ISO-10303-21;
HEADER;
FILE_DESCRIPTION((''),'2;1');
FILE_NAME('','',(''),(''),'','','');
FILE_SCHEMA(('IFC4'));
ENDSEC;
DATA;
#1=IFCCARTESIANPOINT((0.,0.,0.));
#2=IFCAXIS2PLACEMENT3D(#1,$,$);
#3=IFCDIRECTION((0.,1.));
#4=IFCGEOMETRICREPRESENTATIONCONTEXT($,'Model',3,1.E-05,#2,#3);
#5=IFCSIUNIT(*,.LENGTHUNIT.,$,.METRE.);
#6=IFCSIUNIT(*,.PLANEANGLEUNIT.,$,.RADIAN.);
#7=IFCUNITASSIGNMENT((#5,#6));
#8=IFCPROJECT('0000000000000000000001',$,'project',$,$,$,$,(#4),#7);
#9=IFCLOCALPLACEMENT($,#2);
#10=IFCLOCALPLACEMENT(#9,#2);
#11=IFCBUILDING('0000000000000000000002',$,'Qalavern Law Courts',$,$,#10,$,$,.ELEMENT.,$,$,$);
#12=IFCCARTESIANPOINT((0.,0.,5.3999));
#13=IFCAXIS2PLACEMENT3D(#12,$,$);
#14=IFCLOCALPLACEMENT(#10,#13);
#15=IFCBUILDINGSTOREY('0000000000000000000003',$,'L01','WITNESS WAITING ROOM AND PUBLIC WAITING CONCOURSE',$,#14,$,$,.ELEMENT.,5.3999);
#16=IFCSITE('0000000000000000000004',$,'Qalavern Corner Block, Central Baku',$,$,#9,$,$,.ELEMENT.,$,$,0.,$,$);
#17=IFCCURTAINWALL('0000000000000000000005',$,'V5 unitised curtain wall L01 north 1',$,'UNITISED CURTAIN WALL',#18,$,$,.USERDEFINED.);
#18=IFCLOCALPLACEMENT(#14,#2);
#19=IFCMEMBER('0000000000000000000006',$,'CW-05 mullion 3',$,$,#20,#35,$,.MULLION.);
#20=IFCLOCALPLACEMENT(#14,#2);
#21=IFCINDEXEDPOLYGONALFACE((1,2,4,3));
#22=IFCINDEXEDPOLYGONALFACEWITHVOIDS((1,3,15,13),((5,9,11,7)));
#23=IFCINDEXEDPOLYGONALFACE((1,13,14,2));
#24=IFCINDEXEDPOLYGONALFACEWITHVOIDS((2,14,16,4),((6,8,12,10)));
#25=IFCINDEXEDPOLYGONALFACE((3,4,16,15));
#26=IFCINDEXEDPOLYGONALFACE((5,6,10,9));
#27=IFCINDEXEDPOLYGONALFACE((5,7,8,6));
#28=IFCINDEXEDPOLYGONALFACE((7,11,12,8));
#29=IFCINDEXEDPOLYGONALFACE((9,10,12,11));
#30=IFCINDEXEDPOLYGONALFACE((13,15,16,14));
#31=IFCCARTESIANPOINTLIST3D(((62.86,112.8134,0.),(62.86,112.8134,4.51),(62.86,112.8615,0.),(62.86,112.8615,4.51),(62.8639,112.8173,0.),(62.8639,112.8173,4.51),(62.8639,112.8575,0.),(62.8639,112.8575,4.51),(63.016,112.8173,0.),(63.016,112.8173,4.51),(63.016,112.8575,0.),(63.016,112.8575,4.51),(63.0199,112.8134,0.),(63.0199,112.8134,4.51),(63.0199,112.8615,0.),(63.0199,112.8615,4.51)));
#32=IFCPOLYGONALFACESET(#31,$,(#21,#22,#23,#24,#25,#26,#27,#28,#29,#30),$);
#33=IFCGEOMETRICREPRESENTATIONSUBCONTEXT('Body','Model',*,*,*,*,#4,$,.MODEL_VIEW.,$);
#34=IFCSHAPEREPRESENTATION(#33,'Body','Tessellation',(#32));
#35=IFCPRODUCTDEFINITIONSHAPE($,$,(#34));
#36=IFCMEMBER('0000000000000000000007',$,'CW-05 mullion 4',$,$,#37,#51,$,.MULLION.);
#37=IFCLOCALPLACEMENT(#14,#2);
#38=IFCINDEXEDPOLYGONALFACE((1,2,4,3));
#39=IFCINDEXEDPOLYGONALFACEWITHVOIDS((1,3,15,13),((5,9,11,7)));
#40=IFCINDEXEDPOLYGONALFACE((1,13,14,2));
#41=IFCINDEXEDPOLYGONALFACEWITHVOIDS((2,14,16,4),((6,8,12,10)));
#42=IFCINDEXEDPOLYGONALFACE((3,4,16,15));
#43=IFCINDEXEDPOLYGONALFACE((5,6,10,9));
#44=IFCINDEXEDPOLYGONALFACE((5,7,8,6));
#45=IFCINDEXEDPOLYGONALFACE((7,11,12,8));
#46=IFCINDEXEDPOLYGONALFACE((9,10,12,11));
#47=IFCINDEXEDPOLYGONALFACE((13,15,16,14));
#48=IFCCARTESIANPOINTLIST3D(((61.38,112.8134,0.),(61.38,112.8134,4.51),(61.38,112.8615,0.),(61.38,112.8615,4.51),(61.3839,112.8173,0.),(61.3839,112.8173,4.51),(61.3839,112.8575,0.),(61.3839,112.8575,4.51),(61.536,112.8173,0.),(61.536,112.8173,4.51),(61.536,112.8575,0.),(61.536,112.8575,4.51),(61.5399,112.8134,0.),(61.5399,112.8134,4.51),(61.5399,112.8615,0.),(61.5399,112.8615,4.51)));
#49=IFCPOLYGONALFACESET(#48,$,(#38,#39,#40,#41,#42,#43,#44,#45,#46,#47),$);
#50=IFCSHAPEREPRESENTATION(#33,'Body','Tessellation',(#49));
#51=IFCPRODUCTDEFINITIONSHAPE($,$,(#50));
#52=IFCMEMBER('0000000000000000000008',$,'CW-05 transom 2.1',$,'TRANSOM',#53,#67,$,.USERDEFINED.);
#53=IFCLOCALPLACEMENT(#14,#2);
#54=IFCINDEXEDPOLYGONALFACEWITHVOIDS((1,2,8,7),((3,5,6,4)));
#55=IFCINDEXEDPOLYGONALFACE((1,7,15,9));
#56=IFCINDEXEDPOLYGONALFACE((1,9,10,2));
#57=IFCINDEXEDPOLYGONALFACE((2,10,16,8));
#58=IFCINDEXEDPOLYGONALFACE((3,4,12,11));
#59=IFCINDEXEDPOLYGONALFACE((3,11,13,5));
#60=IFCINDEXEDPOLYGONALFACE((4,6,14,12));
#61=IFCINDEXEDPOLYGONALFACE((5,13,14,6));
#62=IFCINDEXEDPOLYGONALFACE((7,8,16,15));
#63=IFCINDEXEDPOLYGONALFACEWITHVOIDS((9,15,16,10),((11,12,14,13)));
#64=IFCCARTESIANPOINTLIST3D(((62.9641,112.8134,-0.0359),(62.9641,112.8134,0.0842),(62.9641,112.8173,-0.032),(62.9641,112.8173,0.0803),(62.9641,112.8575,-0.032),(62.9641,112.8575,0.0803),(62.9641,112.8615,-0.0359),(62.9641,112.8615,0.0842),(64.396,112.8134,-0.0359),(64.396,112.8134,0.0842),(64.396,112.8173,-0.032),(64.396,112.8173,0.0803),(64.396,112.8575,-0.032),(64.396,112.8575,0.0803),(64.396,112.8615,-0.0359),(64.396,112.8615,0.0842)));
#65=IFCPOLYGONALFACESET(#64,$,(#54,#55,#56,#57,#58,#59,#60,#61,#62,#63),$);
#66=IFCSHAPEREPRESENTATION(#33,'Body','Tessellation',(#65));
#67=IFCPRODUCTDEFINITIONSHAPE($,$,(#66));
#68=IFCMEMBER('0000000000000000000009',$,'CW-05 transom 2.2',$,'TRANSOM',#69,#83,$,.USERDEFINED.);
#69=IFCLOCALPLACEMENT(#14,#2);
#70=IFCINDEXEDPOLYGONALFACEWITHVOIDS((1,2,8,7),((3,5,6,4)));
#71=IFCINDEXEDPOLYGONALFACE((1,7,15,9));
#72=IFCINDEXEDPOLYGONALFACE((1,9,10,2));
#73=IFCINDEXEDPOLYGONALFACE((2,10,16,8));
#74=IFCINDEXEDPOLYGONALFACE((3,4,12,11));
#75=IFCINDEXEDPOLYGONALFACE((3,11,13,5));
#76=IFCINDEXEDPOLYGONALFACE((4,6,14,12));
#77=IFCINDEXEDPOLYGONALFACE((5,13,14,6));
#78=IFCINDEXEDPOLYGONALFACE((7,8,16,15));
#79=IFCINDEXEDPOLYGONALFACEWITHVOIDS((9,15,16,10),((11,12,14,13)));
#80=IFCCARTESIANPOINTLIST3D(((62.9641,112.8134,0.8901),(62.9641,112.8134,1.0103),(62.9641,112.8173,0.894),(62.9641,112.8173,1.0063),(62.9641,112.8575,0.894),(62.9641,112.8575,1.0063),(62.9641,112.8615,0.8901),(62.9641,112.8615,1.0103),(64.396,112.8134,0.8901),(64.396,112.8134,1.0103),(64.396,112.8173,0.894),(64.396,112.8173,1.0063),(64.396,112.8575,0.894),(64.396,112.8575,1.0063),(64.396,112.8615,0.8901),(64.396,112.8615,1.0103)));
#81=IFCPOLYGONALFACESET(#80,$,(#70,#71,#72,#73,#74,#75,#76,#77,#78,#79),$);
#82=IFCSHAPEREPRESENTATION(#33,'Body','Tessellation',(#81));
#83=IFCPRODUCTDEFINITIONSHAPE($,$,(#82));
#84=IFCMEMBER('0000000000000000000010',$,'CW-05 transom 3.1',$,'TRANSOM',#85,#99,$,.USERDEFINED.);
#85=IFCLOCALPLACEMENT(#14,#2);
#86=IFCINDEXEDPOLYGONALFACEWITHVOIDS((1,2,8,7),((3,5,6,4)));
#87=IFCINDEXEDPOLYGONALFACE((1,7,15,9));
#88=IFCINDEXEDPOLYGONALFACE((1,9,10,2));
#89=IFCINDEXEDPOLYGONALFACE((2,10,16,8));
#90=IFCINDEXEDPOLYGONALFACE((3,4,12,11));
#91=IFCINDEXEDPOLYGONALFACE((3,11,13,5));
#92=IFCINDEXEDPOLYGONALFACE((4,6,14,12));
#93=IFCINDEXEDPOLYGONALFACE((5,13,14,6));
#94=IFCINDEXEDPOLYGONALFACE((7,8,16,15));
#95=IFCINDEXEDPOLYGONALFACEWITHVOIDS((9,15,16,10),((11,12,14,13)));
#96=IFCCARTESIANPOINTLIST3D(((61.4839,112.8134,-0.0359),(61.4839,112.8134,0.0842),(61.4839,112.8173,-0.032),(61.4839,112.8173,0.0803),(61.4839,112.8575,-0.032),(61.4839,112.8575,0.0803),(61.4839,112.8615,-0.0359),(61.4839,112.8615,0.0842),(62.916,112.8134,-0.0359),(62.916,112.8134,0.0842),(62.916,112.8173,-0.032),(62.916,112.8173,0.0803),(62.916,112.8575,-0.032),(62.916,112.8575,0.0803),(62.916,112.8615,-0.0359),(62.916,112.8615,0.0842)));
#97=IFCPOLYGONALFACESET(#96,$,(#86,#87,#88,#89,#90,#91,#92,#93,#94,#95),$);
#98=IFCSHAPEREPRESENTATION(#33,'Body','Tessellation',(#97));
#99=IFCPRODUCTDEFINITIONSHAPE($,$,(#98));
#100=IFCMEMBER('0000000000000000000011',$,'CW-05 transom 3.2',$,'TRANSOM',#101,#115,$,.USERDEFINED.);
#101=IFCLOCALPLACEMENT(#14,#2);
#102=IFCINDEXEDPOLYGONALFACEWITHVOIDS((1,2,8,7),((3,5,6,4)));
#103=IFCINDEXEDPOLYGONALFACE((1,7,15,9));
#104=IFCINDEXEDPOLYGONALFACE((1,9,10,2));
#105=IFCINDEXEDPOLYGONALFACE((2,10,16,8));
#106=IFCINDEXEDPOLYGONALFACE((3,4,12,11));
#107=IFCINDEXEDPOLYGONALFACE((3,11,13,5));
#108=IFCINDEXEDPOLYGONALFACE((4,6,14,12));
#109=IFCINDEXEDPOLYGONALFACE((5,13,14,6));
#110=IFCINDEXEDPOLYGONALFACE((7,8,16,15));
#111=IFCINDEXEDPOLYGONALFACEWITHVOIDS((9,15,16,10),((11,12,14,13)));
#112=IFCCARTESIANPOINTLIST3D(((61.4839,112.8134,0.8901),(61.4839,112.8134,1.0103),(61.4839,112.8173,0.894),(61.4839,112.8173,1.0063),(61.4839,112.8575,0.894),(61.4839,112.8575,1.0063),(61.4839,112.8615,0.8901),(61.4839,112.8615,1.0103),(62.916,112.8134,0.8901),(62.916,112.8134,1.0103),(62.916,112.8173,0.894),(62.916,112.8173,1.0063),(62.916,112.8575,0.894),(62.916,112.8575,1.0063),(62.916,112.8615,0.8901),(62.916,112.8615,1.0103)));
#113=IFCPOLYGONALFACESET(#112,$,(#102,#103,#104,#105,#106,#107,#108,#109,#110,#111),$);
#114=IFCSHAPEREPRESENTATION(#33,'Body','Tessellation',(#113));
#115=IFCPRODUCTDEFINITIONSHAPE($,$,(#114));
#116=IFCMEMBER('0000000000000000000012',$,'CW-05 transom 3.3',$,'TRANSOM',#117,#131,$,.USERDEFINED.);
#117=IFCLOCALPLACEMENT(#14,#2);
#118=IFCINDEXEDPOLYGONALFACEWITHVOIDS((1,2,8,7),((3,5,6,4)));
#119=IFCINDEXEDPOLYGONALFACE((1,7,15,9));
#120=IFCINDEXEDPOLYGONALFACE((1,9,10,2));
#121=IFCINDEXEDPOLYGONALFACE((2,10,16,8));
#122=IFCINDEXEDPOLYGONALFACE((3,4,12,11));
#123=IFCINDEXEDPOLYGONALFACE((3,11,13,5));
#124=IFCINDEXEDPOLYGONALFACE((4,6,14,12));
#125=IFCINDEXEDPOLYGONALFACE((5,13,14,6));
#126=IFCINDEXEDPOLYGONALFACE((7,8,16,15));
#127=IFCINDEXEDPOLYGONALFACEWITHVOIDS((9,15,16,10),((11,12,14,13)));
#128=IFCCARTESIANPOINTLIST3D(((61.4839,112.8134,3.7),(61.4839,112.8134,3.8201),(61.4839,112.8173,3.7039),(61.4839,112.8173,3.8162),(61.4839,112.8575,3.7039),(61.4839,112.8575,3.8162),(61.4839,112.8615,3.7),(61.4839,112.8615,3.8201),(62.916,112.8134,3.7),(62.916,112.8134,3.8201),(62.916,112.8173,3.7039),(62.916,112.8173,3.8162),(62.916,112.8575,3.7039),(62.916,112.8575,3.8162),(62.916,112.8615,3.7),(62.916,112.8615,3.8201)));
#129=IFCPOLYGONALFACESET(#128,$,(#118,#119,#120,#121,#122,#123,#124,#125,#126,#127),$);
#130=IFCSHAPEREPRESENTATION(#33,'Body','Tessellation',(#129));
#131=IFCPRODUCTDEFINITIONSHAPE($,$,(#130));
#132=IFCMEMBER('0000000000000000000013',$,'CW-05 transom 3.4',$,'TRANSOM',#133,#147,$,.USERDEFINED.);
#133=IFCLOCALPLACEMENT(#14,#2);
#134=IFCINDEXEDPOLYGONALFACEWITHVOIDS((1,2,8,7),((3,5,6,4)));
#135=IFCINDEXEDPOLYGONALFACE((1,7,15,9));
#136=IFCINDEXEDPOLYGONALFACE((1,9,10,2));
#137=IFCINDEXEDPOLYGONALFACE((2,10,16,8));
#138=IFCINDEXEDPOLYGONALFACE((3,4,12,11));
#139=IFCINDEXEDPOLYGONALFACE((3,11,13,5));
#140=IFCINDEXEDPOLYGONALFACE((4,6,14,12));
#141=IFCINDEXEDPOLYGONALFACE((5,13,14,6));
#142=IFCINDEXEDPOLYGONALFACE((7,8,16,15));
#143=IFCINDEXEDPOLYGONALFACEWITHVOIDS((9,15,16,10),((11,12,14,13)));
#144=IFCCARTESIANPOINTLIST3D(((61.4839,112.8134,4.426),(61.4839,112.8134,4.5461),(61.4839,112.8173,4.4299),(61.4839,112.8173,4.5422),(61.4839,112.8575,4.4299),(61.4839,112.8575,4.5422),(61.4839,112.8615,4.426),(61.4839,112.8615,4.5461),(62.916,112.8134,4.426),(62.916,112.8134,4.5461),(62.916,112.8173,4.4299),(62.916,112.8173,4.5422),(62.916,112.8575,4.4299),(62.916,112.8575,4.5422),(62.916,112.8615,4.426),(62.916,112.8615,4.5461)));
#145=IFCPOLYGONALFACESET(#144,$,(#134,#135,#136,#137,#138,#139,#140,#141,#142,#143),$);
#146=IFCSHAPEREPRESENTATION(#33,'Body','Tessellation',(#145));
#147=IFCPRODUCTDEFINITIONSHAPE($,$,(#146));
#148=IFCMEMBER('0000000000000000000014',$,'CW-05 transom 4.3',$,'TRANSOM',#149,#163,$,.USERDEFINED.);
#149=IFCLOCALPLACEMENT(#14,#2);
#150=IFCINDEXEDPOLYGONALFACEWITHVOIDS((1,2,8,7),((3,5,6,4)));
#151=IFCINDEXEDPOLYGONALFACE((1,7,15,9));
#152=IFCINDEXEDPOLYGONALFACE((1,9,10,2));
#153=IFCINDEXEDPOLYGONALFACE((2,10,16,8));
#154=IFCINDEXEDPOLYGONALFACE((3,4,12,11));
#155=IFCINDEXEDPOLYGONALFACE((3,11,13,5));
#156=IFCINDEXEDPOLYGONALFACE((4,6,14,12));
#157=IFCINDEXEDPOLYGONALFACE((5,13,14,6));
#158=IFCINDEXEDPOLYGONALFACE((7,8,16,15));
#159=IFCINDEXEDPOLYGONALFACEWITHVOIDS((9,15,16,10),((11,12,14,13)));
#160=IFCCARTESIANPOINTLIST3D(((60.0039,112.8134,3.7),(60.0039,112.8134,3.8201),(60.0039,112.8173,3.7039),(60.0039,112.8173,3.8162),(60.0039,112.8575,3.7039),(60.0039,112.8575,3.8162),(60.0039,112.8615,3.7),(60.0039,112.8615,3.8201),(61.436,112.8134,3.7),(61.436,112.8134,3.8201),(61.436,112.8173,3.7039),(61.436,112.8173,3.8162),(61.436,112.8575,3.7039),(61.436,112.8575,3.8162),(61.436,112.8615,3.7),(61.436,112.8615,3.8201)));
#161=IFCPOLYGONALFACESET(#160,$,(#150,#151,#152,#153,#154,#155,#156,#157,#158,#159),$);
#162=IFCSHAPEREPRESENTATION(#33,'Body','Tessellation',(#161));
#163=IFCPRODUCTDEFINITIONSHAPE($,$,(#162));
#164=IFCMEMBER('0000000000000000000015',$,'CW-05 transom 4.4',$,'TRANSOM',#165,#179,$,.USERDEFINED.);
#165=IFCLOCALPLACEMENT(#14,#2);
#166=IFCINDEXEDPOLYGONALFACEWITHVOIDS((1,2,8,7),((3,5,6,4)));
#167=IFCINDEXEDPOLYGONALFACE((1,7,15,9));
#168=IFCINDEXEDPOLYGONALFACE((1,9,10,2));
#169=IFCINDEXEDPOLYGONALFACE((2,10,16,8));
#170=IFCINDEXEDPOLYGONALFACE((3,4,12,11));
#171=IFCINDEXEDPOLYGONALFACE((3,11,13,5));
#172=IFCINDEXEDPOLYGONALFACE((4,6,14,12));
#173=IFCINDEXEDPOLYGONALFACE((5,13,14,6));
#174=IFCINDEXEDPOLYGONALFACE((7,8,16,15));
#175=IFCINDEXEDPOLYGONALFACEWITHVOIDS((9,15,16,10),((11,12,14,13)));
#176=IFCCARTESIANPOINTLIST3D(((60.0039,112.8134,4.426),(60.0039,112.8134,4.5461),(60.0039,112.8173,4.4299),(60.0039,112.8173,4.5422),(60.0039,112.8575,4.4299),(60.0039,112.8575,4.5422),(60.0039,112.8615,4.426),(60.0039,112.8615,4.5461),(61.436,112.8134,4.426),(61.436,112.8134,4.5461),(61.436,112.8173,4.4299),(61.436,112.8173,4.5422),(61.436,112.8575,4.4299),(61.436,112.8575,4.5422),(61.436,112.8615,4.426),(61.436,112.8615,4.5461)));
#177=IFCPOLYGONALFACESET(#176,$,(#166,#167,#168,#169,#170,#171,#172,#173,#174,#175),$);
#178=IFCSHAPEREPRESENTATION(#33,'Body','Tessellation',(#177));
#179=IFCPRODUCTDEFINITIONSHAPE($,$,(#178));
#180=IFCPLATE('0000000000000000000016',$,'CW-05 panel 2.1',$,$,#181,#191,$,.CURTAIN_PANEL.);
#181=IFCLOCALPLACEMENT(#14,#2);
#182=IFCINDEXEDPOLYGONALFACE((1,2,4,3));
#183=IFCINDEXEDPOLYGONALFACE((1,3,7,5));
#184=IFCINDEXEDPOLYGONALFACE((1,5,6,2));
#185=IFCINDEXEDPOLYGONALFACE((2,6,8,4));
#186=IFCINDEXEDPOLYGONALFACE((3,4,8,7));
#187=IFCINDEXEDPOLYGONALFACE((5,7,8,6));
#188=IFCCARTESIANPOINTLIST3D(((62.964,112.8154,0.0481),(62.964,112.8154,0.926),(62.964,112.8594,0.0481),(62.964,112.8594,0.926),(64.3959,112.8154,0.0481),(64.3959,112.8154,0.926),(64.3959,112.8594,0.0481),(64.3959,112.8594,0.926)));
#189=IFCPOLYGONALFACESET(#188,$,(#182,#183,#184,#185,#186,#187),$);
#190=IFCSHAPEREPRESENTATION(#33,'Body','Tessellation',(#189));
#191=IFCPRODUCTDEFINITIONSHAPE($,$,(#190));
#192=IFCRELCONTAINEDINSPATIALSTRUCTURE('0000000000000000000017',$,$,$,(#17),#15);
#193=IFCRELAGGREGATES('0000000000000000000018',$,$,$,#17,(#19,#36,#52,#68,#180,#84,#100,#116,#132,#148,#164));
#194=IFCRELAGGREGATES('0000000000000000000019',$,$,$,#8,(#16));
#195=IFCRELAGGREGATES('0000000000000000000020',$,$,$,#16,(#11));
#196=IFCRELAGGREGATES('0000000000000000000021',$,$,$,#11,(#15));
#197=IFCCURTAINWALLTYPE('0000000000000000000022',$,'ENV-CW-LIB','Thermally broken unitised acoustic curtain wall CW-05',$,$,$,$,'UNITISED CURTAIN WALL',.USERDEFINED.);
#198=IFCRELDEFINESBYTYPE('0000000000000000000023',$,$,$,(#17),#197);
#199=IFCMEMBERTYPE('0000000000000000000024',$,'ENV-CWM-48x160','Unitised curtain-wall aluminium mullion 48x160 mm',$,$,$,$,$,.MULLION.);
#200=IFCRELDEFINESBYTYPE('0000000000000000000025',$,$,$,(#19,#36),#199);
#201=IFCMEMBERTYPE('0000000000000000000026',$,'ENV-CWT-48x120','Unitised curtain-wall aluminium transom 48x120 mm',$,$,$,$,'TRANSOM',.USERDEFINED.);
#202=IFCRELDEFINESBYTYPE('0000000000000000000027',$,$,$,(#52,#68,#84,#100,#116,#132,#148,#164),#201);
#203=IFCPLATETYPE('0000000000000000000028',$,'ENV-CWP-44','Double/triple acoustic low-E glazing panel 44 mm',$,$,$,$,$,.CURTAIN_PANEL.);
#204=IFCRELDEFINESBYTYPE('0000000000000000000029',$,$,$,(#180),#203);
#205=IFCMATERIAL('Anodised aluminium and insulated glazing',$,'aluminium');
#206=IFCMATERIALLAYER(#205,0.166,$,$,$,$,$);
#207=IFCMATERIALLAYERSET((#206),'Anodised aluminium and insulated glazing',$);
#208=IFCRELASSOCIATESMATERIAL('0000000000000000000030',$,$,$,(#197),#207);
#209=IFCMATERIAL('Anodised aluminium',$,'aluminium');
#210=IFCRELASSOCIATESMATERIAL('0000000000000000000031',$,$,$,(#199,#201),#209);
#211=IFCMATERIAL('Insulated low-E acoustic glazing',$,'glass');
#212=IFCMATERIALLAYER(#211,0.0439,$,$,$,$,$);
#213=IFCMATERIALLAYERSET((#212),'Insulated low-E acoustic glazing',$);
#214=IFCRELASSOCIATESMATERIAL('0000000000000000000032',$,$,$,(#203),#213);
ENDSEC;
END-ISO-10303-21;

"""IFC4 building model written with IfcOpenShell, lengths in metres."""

from ifc_helpers import new_model, si_unit, direction, frame, origin, origin_2d, place, context, subcontext, project, spatial, rectangle, hollow_rectangle, extrude, material, layer, layer_set, material_profile, profile_set, type_object, element, aggregate, save


model = new_model("IFC4")

# Units and contexts
model_context = context("Model", 3, precision=1e-05, world=origin(), true_north=direction((0.0, 1.0)))
body_context = subcontext(model_context, "Body", "Model", "MODEL_VIEW")
ifc_project = project(units=[si_unit("LENGTHUNIT", "METRE"), si_unit("PLANEANGLEUNIT", "RADIAN")], contexts=[model_context])

# Site, building, storey
site_placement = place(None, origin())
site = spatial("IfcSite", under=ifc_project, at=site_placement, Name="Qalavern Corner Block, Central Baku", CompositionType="ELEMENT", RefElevation=0.0)
building_placement = place(site_placement, origin())
building = spatial("IfcBuilding", under=site, at=building_placement, Name="Qalavern Law Courts", CompositionType="ELEMENT")
storey_placement = place(building_placement, frame((0.0, 0.0, 5.3999)))
storey = spatial("IfcBuildingStorey", under=building, at=storey_placement, Name="L01", Description="WITNESS WAITING ROOM AND PUBLIC WAITING CONCOURSE", CompositionType="ELEMENT", Elevation=5.3999)

# Curtain wall, members, plate
ifc_material_1 = material(Name="Anodised aluminium and insulated glazing", Category="aluminium")
ifc_layer_1 = layer(ifc_material_1, 0.166)
ifc_layer_set_1 = layer_set([ifc_layer_1], Name="Anodised aluminium and insulated glazing")
curtain_wall_type = type_object("IfcCurtainWallType", Name="ENV-CW-LIB", Description="Thermally broken unitised acoustic curtain wall CW-05", ElementType="UNITISED CURTAIN WALL", PredefinedType="USERDEFINED", material=ifc_layer_set_1)
curtain_wall_placement = place(storey_placement, origin())
curtain_wall = element("IfcCurtainWall", 1, at=curtain_wall_placement, inside=storey, type_object=curtain_wall_type, Name="V5 unitised curtain wall L01 north 1", ObjectType="UNITISED CURTAIN WALL", PredefinedType="USERDEFINED")
ifc_material_2 = material(Name="Anodised aluminium", Category="aluminium")
ifc_material_profile_1 = material_profile(ifc_material_2, hollow_rectangle(XDim=0.0481, YDim=0.1599, WallThickness=0.0039, at=origin_2d()), Name="ALU MULLION 48x160")
ifc_profile_set_1 = profile_set([ifc_material_profile_1], Name="Anodised aluminium")
member_type_1 = type_object("IfcMemberType", Name="ENV-CWM-48x160", Description="Unitised curtain-wall aluminium mullion 48x160 mm", PredefinedType="MULLION", material=ifc_profile_set_1)
member_1_placement = place(storey_placement, frame((62.9399, 112.8374, 0.0), z_axis=(0.0, 0.0, 1.0), x_axis=(0.0, -1.0, 0.0)))
member_1 = element("IfcMember", 2, at=member_1_placement, type_object=member_type_1, Name="CW-05 mullion 3", PredefinedType="MULLION", context=body_context, shape_type="SweptSolid", body=[
    extrude(hollow_rectangle(XDim=0.0481, YDim=0.1599, WallThickness=0.0039, at=origin_2d()), origin(), (0.0, 0.0, 1.0), 4.51),
])
member_2_placement = place(storey_placement, frame((61.46, 112.8374, 0.0), z_axis=(0.0, 0.0, 1.0), x_axis=(0.0, -1.0, 0.0)))
member_2 = element("IfcMember", 3, at=member_2_placement, type_object=member_type_1, Name="CW-05 mullion 4", PredefinedType="MULLION", context=body_context, shape_type="SweptSolid", body=[
    extrude(hollow_rectangle(XDim=0.0481, YDim=0.1599, WallThickness=0.0039, at=origin_2d()), origin(), (0.0, 0.0, 1.0), 4.51),
])
ifc_material_profile_2 = material_profile(ifc_material_2, hollow_rectangle(XDim=0.0481, YDim=0.1201, WallThickness=0.0039, at=origin_2d()), Name="ALU TRANSOM 48x120")
ifc_profile_set_2 = profile_set([ifc_material_profile_2], Name="Anodised aluminium")
member_type_2 = type_object("IfcMemberType", Name="ENV-CWT-48x120", Description="Unitised curtain-wall aluminium transom 48x120 mm", ElementType="TRANSOM", PredefinedType="USERDEFINED", material=ifc_profile_set_2)
member_3_placement = place(storey_placement, frame((64.396, 112.8374, 0.0242), z_axis=(-1.0, 0.0, 0.0), x_axis=(0.0, -1.0, 0.0)))
member_3 = element("IfcMember", 4, at=member_3_placement, type_object=member_type_2, Name="CW-05 transom 2.1", ObjectType="TRANSOM", PredefinedType="USERDEFINED", context=body_context, shape_type="SweptSolid", body=[
    extrude(hollow_rectangle(XDim=0.0481, YDim=0.1201, WallThickness=0.0039, at=origin_2d()), origin(), (0.0, 0.0, 1.0), 1.4319),
])
member_4_placement = place(storey_placement, frame((64.396, 112.8374, 0.9502), z_axis=(-1.0, 0.0, 0.0), x_axis=(0.0, -1.0, 0.0)))
member_4 = element("IfcMember", 5, at=member_4_placement, type_object=member_type_2, Name="CW-05 transom 2.2", ObjectType="TRANSOM", PredefinedType="USERDEFINED", context=body_context, shape_type="SweptSolid", body=[
    extrude(hollow_rectangle(XDim=0.0481, YDim=0.1201, WallThickness=0.0039, at=origin_2d()), origin(), (0.0, 0.0, 1.0), 1.4319),
])
member_5_placement = place(storey_placement, frame((62.916, 112.8374, 0.0242), z_axis=(-1.0, 0.0, 0.0), x_axis=(0.0, -1.0, 0.0)))
member_5 = element("IfcMember", 6, at=member_5_placement, type_object=member_type_2, Name="CW-05 transom 3.1", ObjectType="TRANSOM", PredefinedType="USERDEFINED", context=body_context, shape_type="SweptSolid", body=[
    extrude(hollow_rectangle(XDim=0.0481, YDim=0.1201, WallThickness=0.0039, at=origin_2d()), origin(), (0.0, 0.0, 1.0), 1.4321),
])
member_6_placement = place(storey_placement, frame((62.916, 112.8374, 0.9502), z_axis=(-1.0, 0.0, 0.0), x_axis=(0.0, -1.0, 0.0)))
member_6 = element("IfcMember", 7, at=member_6_placement, type_object=member_type_2, Name="CW-05 transom 3.2", ObjectType="TRANSOM", PredefinedType="USERDEFINED", context=body_context, shape_type="SweptSolid", body=[
    extrude(hollow_rectangle(XDim=0.0481, YDim=0.1201, WallThickness=0.0039, at=origin_2d()), origin(), (0.0, 0.0, 1.0), 1.4321),
])
member_7_placement = place(storey_placement, frame((62.916, 112.8374, 3.76), z_axis=(-1.0, 0.0, 0.0), x_axis=(0.0, -1.0, 0.0)))
member_7 = element("IfcMember", 8, at=member_7_placement, type_object=member_type_2, Name="CW-05 transom 3.3", ObjectType="TRANSOM", PredefinedType="USERDEFINED", context=body_context, shape_type="SweptSolid", body=[
    extrude(hollow_rectangle(XDim=0.0481, YDim=0.1201, WallThickness=0.0039, at=origin_2d()), origin(), (0.0, 0.0, 1.0), 1.4321),
])
member_8_placement = place(storey_placement, frame((62.916, 112.8374, 4.4861), z_axis=(-1.0, 0.0, 0.0), x_axis=(0.0, -1.0, 0.0)))
member_8 = element("IfcMember", 9, at=member_8_placement, type_object=member_type_2, Name="CW-05 transom 3.4", ObjectType="TRANSOM", PredefinedType="USERDEFINED", context=body_context, shape_type="SweptSolid", body=[
    extrude(hollow_rectangle(XDim=0.0481, YDim=0.1201, WallThickness=0.0039, at=origin_2d()), origin(), (0.0, 0.0, 1.0), 1.4321),
])
member_9_placement = place(storey_placement, frame((61.436, 112.8374, 3.76), z_axis=(-1.0, 0.0, 0.0), x_axis=(0.0, -1.0, 0.0)))
member_9 = element("IfcMember", 10, at=member_9_placement, type_object=member_type_2, Name="CW-05 transom 4.3", ObjectType="TRANSOM", PredefinedType="USERDEFINED", context=body_context, shape_type="SweptSolid", body=[
    extrude(hollow_rectangle(XDim=0.0481, YDim=0.1201, WallThickness=0.0039, at=origin_2d()), origin(), (0.0, 0.0, 1.0), 1.4321),
])
member_10_placement = place(storey_placement, frame((61.436, 112.8374, 4.4861), z_axis=(-1.0, 0.0, 0.0), x_axis=(0.0, -1.0, 0.0)))
member_10 = element("IfcMember", 11, at=member_10_placement, type_object=member_type_2, Name="CW-05 transom 4.4", ObjectType="TRANSOM", PredefinedType="USERDEFINED", context=body_context, shape_type="SweptSolid", body=[
    extrude(hollow_rectangle(XDim=0.0481, YDim=0.1201, WallThickness=0.0039, at=origin_2d()), origin(), (0.0, 0.0, 1.0), 1.4321),
])
ifc_material_3 = material(Name="Insulated low-E acoustic glazing", Category="glass")
ifc_layer_2 = layer(ifc_material_3, 0.0439)
ifc_layer_set_2 = layer_set([ifc_layer_2], Name="Insulated low-E acoustic glazing")
plate_type = type_object("IfcPlateType", Name="ENV-CWP-44", Description="Double/triple acoustic low-E glazing panel 44 mm", PredefinedType="CURTAIN_PANEL", material=ifc_layer_set_2)
plate_1_placement = place(storey_placement, frame((63.6799, 112.8374, 0.0481), z_axis=(0.0, 0.0, 1.0), x_axis=(-1.0, 0.0, 0.0)))
plate_1 = element("IfcPlate", 12, at=plate_1_placement, type_object=plate_type, Name="CW-05 panel 2.1", PredefinedType="CURTAIN_PANEL", context=body_context, shape_type="SweptSolid", body=[
    extrude(rectangle(XDim=1.4319, YDim=0.0439, at=origin_2d()), origin(), (0.0, 0.0, 1.0), 0.8779),
])
aggregate(curtain_wall, [member_1, member_2, member_3, member_4, plate_1, member_5, member_6, member_7, member_8, member_9, member_10])

save(model, "model.ifc")
